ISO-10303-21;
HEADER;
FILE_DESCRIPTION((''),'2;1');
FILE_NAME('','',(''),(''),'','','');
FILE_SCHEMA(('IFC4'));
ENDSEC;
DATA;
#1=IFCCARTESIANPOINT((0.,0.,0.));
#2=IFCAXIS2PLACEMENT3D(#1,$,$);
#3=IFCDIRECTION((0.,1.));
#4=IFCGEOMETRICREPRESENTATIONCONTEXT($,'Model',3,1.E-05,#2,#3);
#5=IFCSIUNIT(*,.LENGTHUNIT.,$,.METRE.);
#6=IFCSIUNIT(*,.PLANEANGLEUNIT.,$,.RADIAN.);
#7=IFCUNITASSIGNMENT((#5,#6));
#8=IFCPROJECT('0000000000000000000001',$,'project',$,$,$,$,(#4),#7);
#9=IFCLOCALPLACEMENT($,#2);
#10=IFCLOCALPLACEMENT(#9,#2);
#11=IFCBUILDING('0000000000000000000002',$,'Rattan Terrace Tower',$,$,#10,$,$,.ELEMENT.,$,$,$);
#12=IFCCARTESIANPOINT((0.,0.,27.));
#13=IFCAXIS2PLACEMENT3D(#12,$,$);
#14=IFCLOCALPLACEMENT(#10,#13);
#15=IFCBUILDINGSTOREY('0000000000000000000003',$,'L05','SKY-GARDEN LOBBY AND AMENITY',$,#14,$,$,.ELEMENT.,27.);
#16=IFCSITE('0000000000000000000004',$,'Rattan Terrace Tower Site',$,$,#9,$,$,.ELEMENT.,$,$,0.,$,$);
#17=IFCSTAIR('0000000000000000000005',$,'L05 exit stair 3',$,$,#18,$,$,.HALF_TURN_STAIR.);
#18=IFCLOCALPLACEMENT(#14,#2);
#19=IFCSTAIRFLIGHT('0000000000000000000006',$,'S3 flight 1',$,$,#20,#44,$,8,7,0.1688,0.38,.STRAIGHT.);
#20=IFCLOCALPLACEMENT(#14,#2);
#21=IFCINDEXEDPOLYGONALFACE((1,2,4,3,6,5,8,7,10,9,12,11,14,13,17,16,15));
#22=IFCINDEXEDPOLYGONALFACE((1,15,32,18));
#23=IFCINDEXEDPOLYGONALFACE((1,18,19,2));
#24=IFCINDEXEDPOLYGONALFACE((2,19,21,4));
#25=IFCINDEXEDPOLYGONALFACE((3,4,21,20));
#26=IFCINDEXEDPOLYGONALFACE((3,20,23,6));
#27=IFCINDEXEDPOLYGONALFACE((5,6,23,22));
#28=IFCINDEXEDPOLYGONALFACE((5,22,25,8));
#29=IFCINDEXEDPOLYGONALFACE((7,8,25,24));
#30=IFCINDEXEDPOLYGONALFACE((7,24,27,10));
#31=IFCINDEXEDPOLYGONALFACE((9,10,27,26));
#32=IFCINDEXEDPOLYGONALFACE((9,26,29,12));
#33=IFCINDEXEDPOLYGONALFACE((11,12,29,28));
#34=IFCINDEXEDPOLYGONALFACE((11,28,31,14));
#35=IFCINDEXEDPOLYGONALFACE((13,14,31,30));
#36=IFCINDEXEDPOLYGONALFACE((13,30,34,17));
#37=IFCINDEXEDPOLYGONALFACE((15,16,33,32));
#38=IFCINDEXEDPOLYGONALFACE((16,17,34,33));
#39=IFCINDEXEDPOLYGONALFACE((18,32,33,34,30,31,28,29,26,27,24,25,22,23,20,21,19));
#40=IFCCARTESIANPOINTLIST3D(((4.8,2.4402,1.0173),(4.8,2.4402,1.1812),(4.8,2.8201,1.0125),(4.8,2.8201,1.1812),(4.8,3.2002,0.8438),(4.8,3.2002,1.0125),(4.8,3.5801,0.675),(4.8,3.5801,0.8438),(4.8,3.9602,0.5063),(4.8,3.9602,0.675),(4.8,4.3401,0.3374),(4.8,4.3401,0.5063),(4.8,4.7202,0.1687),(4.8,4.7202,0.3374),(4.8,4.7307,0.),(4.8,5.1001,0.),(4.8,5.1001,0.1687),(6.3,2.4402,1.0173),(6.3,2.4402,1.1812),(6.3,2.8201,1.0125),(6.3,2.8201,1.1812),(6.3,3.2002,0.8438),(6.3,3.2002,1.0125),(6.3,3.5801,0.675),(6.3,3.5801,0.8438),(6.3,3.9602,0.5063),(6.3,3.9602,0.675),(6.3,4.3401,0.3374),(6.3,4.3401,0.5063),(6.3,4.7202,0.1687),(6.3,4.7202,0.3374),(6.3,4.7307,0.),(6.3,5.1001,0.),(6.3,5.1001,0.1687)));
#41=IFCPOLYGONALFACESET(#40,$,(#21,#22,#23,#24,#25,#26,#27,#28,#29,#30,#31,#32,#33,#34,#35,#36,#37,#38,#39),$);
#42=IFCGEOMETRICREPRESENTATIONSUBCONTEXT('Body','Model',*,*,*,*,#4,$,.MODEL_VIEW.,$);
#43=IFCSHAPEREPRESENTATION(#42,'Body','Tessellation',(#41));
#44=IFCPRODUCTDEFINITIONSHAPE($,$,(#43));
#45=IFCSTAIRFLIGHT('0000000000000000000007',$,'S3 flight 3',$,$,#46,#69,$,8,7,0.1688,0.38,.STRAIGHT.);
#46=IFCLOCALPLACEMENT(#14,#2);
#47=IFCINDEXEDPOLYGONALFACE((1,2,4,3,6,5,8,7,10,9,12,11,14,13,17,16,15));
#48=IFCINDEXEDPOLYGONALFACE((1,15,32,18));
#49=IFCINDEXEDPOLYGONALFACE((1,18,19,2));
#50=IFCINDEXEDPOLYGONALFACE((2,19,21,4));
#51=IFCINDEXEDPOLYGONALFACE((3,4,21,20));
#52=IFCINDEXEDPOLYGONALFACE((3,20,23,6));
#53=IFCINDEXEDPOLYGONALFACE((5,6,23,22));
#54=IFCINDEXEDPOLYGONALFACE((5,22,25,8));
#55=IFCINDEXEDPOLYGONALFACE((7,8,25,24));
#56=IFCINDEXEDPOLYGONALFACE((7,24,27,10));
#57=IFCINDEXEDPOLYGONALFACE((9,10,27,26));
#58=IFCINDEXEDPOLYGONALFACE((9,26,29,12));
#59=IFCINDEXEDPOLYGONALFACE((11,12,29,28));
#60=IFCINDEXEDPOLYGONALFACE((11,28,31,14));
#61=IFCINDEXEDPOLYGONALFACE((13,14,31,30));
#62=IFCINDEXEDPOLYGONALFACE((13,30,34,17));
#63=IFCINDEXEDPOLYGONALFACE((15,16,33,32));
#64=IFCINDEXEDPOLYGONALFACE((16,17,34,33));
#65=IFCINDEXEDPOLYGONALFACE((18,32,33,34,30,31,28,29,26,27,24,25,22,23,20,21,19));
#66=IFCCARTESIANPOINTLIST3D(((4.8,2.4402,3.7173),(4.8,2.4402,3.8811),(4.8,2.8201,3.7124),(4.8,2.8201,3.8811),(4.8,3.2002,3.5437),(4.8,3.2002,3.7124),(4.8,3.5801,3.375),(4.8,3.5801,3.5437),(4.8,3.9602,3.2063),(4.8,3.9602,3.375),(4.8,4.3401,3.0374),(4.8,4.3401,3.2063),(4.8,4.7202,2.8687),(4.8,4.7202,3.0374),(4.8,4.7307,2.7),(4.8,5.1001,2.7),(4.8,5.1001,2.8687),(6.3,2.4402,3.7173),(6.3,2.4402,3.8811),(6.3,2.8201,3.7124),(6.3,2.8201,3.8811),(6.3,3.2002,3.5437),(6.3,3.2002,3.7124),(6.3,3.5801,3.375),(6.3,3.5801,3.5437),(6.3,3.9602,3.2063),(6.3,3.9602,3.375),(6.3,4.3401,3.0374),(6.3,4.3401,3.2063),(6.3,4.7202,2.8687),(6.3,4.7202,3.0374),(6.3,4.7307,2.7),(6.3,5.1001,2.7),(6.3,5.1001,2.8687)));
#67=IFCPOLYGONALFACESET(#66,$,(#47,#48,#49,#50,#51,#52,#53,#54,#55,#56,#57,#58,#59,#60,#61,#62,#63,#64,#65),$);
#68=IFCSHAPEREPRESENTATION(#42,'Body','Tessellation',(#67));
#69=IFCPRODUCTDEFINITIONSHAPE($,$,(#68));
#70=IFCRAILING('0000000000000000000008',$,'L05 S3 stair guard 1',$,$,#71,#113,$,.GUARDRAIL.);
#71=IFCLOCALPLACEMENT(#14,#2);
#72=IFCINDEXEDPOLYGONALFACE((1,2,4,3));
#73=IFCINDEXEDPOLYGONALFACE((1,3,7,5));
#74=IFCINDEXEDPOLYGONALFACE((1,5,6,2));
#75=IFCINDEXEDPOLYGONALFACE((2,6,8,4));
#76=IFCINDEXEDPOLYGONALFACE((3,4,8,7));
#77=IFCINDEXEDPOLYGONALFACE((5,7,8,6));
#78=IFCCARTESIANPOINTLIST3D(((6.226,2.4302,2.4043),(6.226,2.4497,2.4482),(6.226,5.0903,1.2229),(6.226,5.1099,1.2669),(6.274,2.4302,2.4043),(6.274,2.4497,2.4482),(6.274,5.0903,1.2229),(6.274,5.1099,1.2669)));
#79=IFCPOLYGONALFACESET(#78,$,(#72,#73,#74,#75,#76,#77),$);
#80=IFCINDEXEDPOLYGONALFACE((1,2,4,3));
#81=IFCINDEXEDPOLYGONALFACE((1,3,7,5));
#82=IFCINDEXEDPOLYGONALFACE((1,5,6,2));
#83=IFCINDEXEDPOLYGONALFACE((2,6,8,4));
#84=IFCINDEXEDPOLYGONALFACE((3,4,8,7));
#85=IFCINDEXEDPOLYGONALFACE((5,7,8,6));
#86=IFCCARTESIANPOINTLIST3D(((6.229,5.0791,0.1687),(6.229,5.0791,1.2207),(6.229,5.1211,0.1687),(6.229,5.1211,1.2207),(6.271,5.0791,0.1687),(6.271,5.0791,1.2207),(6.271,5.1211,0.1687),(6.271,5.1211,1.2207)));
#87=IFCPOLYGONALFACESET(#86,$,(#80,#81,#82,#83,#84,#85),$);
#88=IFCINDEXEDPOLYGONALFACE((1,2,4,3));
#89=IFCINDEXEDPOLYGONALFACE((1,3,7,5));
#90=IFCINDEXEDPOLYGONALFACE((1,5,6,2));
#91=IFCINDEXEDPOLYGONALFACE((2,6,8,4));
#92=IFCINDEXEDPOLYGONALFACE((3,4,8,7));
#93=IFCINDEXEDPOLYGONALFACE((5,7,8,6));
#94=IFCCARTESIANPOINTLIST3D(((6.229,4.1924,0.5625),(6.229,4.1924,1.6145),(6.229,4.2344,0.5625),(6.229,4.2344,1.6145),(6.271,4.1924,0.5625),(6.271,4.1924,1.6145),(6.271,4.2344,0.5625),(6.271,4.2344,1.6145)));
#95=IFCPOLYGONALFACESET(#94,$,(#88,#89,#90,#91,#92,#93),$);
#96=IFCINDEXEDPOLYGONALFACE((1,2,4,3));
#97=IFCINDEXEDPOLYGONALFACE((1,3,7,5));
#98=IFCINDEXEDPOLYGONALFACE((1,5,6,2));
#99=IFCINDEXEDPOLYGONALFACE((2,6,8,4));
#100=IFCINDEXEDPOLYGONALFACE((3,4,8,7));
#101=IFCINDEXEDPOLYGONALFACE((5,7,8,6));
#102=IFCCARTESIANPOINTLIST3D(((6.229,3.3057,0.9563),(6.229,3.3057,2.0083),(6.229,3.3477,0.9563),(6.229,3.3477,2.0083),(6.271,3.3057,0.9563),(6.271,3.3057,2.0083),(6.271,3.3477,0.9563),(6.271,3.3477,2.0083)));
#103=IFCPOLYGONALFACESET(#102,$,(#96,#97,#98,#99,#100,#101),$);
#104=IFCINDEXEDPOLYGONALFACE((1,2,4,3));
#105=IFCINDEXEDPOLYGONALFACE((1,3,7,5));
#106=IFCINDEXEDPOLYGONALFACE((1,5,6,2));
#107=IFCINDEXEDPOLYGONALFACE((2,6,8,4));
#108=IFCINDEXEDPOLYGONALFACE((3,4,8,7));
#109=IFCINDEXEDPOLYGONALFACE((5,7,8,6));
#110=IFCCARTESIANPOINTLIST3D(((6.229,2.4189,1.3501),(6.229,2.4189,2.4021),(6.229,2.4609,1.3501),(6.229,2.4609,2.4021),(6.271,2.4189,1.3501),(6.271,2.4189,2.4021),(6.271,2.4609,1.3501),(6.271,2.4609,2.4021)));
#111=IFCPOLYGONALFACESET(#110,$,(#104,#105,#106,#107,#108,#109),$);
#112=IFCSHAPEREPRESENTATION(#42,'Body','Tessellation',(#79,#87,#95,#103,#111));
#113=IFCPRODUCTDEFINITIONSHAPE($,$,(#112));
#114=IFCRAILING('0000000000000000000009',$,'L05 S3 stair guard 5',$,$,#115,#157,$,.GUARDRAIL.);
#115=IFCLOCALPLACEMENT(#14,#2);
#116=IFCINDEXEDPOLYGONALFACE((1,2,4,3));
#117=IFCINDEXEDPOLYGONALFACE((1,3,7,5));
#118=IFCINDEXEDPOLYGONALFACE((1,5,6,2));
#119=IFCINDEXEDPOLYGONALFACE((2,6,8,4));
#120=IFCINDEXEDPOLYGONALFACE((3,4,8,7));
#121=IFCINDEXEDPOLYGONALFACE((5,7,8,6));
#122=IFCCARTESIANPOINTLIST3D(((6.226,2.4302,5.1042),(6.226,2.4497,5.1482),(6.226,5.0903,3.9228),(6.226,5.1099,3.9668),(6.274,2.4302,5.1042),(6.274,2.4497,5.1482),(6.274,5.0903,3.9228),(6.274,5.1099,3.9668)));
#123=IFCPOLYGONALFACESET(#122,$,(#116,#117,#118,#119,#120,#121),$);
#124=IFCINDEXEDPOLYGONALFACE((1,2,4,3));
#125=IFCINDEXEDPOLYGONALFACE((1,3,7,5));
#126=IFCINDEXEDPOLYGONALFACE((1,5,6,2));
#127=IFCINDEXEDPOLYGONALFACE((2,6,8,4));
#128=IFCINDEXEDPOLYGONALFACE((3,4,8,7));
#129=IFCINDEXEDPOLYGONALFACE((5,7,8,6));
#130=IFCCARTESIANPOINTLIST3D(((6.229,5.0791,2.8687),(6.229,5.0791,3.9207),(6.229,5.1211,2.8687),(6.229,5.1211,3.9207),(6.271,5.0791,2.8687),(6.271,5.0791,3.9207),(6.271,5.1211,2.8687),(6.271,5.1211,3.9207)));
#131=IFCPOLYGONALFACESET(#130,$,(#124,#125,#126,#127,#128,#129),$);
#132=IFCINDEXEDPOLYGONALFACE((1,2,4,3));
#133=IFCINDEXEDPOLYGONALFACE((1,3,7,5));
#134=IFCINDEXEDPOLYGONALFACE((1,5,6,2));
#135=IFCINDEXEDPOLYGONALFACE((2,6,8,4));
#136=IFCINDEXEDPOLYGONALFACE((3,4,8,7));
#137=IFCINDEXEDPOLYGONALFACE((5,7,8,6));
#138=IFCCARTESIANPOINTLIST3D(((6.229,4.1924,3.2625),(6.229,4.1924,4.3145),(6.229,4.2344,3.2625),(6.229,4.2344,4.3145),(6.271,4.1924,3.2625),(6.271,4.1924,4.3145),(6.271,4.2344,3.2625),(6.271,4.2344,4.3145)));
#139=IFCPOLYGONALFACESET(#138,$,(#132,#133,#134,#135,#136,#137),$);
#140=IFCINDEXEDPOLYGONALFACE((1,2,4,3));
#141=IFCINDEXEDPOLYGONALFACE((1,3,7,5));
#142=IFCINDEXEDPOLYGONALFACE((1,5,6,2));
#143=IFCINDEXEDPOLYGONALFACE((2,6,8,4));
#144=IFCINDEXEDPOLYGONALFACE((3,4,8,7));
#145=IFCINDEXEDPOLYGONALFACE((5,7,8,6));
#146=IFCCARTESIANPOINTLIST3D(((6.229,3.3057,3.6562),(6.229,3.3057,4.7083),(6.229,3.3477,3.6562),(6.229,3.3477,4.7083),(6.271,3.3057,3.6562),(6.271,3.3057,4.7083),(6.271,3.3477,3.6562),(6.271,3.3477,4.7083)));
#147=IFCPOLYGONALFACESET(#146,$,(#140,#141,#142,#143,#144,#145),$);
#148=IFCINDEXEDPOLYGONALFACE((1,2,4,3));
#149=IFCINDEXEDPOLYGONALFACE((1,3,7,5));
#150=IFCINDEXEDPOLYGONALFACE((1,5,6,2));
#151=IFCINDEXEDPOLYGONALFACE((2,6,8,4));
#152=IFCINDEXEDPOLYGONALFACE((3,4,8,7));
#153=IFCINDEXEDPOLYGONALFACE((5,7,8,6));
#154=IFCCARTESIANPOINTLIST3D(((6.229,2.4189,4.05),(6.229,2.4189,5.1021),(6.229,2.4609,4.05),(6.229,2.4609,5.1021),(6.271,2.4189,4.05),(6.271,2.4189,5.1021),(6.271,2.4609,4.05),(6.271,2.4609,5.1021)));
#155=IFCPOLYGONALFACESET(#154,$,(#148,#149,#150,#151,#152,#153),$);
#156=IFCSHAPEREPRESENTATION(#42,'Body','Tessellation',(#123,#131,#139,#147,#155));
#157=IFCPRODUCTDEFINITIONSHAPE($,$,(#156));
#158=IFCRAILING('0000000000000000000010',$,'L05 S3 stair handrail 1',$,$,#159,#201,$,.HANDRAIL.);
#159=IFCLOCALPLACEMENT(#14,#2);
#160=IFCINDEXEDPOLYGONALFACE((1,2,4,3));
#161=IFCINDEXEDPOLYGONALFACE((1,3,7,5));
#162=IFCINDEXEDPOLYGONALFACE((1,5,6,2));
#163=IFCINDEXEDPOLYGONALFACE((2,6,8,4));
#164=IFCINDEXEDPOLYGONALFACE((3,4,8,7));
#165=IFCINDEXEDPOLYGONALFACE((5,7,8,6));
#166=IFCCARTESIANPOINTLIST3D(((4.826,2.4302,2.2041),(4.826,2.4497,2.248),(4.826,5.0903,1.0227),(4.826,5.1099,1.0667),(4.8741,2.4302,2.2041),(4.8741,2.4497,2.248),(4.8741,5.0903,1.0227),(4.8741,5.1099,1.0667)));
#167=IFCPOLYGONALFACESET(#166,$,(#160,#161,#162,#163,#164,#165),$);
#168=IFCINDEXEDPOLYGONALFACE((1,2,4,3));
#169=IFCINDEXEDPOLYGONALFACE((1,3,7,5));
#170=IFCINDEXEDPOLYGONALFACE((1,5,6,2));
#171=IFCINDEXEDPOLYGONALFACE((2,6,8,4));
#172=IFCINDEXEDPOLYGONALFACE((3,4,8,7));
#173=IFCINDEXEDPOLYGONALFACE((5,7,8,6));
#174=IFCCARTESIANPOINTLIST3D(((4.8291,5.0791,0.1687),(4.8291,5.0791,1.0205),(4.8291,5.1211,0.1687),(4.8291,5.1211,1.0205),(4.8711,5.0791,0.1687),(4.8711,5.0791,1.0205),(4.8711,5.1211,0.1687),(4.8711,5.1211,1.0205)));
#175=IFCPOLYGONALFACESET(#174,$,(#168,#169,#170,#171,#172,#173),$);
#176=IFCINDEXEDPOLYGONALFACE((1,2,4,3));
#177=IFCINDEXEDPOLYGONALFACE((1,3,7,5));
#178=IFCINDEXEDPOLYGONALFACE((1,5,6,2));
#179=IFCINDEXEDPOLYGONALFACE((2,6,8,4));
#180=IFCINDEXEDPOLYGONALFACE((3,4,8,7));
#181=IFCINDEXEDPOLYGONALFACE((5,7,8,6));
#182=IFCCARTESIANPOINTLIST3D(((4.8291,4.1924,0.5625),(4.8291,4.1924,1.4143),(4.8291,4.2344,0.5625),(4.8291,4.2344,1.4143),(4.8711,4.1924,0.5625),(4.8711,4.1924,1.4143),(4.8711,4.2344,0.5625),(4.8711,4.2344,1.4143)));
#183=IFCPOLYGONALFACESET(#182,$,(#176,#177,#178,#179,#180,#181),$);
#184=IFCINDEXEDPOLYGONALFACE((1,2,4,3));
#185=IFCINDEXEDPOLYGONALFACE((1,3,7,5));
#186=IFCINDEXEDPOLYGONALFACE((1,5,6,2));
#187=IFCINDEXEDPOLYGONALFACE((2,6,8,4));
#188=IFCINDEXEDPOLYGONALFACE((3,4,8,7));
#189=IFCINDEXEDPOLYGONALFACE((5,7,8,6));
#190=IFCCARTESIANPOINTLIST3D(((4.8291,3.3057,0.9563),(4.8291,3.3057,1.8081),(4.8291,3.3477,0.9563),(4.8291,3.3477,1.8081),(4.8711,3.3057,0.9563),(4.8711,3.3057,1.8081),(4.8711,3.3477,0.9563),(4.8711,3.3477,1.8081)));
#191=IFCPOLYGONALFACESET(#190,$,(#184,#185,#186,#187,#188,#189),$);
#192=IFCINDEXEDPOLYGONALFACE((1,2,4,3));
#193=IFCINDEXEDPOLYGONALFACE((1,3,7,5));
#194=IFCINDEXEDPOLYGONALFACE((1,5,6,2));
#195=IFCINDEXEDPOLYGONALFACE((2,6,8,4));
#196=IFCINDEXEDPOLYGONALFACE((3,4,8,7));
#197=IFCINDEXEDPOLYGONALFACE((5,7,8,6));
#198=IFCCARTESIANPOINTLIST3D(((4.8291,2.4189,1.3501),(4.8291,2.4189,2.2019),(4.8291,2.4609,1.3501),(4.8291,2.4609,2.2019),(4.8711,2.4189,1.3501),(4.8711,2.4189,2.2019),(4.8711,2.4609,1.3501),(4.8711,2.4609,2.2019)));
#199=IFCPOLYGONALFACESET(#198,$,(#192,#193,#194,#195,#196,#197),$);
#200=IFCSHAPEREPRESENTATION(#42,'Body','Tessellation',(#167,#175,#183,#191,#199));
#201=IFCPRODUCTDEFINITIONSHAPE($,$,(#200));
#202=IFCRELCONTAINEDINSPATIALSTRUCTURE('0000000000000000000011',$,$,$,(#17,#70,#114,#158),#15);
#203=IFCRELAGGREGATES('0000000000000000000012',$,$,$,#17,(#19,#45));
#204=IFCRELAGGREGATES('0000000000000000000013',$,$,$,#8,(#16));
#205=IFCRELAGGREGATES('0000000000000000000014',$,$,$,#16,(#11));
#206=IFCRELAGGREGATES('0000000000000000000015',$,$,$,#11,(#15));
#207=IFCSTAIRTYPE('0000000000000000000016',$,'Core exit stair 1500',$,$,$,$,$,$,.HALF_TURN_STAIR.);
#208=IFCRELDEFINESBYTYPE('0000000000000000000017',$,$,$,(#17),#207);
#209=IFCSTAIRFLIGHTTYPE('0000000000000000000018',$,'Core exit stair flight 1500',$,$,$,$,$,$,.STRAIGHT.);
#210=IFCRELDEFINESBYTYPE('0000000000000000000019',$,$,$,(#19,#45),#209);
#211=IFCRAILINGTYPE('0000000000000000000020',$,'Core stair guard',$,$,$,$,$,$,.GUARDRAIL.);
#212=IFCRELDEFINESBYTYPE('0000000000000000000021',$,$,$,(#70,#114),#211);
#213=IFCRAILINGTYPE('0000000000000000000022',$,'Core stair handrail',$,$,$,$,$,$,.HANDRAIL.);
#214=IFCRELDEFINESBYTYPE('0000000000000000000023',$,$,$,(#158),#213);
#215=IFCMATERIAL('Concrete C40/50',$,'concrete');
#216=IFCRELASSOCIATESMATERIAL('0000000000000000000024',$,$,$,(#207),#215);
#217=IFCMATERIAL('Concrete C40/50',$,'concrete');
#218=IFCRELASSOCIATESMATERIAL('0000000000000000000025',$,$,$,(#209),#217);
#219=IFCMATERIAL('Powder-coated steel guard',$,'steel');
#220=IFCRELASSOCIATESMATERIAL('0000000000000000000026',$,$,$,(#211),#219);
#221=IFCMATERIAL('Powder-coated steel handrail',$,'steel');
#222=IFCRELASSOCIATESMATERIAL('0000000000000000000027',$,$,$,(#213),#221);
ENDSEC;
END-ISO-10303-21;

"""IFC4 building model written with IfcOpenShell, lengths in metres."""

from ifc_helpers import new_model, si_unit, direction, frame, origin, origin_2d, place, context, subcontext, project, spatial, polyline, rectangle, outline, extrude, material, type_object, element, aggregate, save


model = new_model("IFC4")

# Units and contexts
model_context = context("Model", 3, precision=1e-05, world=origin(), true_north=direction((0.0, 1.0)))
body_context = subcontext(model_context, "Body", "Model", "MODEL_VIEW")
ifc_project = project(units=[si_unit("LENGTHUNIT", "METRE"), si_unit("PLANEANGLEUNIT", "RADIAN")], contexts=[model_context])

# Site, building, storey
site_placement = place(None, origin())
site = spatial("IfcSite", under=ifc_project, at=site_placement, Name="Rattan Terrace Tower Site", CompositionType="ELEMENT", RefElevation=0.0)
building_placement = place(site_placement, origin())
building = spatial("IfcBuilding", under=site, at=building_placement, Name="Rattan Terrace Tower", CompositionType="ELEMENT")
storey_placement = place(building_placement, frame((0.0, 0.0, 27.0)))
storey = spatial("IfcBuildingStorey", under=building, at=storey_placement, Name="L05", Description="SKY-GARDEN LOBBY AND AMENITY", CompositionType="ELEMENT", Elevation=27.0)

# Stair, stair flights
ifc_material_1 = material(Name="Concrete C40/50", Category="concrete")
stair_type = type_object("IfcStairType", Name="Core exit stair 1500", PredefinedType="HALF_TURN_STAIR", material=ifc_material_1)
stair_placement = place(storey_placement, origin())
stair = element("IfcStair", 1, at=stair_placement, inside=storey, type_object=stair_type, Name="L05 exit stair 3", PredefinedType="HALF_TURN_STAIR")
ifc_material_2 = material(Name="Concrete C40/50", Category="concrete")
stair_flight_type = type_object("IfcStairFlightType", Name="Core exit stair flight 1500", PredefinedType="STRAIGHT", material=ifc_material_2)
stair_flight_1_placement = place(storey_placement, frame((5.55, 5.1001, 0.0), z_axis=(0.0, 0.0, 1.0), x_axis=(0.0, -1.0, 0.0)))
stair_flight_1 = element("IfcStairFlight", 2, at=stair_flight_1_placement, type_object=stair_flight_type, Name="S3 flight 1", NumberOfRisers=8, NumberOfTreads=7, PredefinedType="STRAIGHT", RiserHeight=0.1688, TreadLength=0.38, context=body_context, shape_type="SweptSolid", body=[
    extrude(outline(polyline([(0.0, 0.0), (0.0, 0.1687), (0.3799, 0.1687), (0.3799, 0.3374), (0.76, 0.3374), (0.76, 0.5063), (1.1399, 0.5063), (1.1399, 0.675), (1.52, 0.675), (1.52, 0.8438), (1.8999, 0.8438), (1.8999, 1.0125), (2.28, 1.0125), (2.28, 1.1812), (2.6599, 1.1812), (2.6599, 1.3501), (2.6599, 1.0173), (0.3694, 0.0), (0.0, 0.0)])), frame((0.0, 0.75, 0.0), z_axis=(0.0, -1.0, 0.0), x_axis=(1.0, 0.0, 0.0)), (0.0, 0.0, 1.0), 1.5),
])
stair_flight_2_placement = place(storey_placement, frame((5.55, 5.1001, 2.7), z_axis=(0.0, 0.0, 1.0), x_axis=(0.0, -1.0, 0.0)))
stair_flight_2 = element("IfcStairFlight", 3, at=stair_flight_2_placement, type_object=stair_flight_type, Name="S3 flight 3", NumberOfRisers=8, NumberOfTreads=7, PredefinedType="STRAIGHT", RiserHeight=0.1688, TreadLength=0.38, context=body_context, shape_type="SweptSolid", body=[
    extrude(outline(polyline([(0.0, 0.0), (0.0, 0.1687), (0.3799, 0.1687), (0.3799, 0.3374), (0.76, 0.3374), (0.76, 0.5063), (1.1399, 0.5063), (1.1399, 0.675), (1.52, 0.675), (1.52, 0.8438), (1.8999, 0.8438), (1.8999, 1.0125), (2.28, 1.0125), (2.28, 1.1812), (2.6599, 1.1812), (2.6599, 1.3501), (2.6599, 1.0173), (0.3694, 0.0), (0.0, 0.0)])), frame((0.0, 0.75, 0.0), z_axis=(0.0, -1.0, 0.0), x_axis=(1.0, 0.0, 0.0)), (0.0, 0.0, 1.0), 1.5),
])
aggregate(stair, [stair_flight_1, stair_flight_2])

# Railings
ifc_material_3 = material(Name="Powder-coated steel guard", Category="steel")
railing_type_1 = type_object("IfcRailingType", Name="Core stair guard", PredefinedType="GUARDRAIL", material=ifc_material_3)
for number, where, name in (
    (4, (6.25, 5.1001, 0.1687), "L05 S3 stair guard 1"),
    (5, (6.25, 5.1001, 2.8687), "L05 S3 stair guard 5"),
):
    element("IfcRailing", number, at=place(storey_placement, frame(where)), inside=storey, type_object=railing_type_1, Name=name, PredefinedType="GUARDRAIL", context=body_context, shape_type="SweptSolid", body=[
        extrude(rectangle(XDim=0.0481, YDim=0.0481, at=origin_2d()), frame((0.0, 0.0, 1.0762), z_axis=(0.0, -0.913926, 0.405882), x_axis=(1.0, 0.0, 0.0)), (0.0, 0.0, 1.0), 2.9106),
        extrude(rectangle(XDim=0.042, YDim=0.042, at=origin_2d()), origin(), (0.0, 0.0, 1.0), 1.052),
        extrude(rectangle(XDim=0.042, YDim=0.042, at=origin_2d()), frame((0.0, -0.8867, 0.3938)), (0.0, 0.0, 1.0), 1.052),
        extrude(rectangle(XDim=0.042, YDim=0.042, at=origin_2d()), frame((0.0, -1.7734, 0.7876)), (0.0, 0.0, 1.0), 1.052),
        extrude(rectangle(XDim=0.042, YDim=0.042, at=origin_2d()), frame((0.0, -2.6602, 1.1814)), (0.0, 0.0, 1.0), 1.052),
    ])
ifc_material_4 = material(Name="Powder-coated steel handrail", Category="steel")
railing_type_2 = type_object("IfcRailingType", Name="Core stair handrail", PredefinedType="HANDRAIL", material=ifc_material_4)
for number, where, name in (
    (6, (4.8501, 5.1001, 0.1687), "L05 S3 stair handrail 1"),
):
    element("IfcRailing", number, at=place(storey_placement, frame(where)), inside=storey, type_object=railing_type_2, Name=name, PredefinedType="HANDRAIL", context=body_context, shape_type="SweptSolid", body=[
        extrude(rectangle(XDim=0.0481, YDim=0.0481, at=origin_2d()), frame((0.0, 0.0, 0.876), z_axis=(0.0, -0.913926, 0.405882), x_axis=(1.0, 0.0, 0.0)), (0.0, 0.0, 1.0), 2.9106),
        extrude(rectangle(XDim=0.042, YDim=0.042, at=origin_2d()), origin(), (0.0, 0.0, 1.0), 0.8518),
        extrude(rectangle(XDim=0.042, YDim=0.042, at=origin_2d()), frame((0.0, -0.8867, 0.3938)), (0.0, 0.0, 1.0), 0.8518),
        extrude(rectangle(XDim=0.042, YDim=0.042, at=origin_2d()), frame((0.0, -1.7734, 0.7876)), (0.0, 0.0, 1.0), 0.8518),
        extrude(rectangle(XDim=0.042, YDim=0.042, at=origin_2d()), frame((0.0, -2.6602, 1.1814)), (0.0, 0.0, 1.0), 0.8518),
    ])

save(model, "model.ifc")
